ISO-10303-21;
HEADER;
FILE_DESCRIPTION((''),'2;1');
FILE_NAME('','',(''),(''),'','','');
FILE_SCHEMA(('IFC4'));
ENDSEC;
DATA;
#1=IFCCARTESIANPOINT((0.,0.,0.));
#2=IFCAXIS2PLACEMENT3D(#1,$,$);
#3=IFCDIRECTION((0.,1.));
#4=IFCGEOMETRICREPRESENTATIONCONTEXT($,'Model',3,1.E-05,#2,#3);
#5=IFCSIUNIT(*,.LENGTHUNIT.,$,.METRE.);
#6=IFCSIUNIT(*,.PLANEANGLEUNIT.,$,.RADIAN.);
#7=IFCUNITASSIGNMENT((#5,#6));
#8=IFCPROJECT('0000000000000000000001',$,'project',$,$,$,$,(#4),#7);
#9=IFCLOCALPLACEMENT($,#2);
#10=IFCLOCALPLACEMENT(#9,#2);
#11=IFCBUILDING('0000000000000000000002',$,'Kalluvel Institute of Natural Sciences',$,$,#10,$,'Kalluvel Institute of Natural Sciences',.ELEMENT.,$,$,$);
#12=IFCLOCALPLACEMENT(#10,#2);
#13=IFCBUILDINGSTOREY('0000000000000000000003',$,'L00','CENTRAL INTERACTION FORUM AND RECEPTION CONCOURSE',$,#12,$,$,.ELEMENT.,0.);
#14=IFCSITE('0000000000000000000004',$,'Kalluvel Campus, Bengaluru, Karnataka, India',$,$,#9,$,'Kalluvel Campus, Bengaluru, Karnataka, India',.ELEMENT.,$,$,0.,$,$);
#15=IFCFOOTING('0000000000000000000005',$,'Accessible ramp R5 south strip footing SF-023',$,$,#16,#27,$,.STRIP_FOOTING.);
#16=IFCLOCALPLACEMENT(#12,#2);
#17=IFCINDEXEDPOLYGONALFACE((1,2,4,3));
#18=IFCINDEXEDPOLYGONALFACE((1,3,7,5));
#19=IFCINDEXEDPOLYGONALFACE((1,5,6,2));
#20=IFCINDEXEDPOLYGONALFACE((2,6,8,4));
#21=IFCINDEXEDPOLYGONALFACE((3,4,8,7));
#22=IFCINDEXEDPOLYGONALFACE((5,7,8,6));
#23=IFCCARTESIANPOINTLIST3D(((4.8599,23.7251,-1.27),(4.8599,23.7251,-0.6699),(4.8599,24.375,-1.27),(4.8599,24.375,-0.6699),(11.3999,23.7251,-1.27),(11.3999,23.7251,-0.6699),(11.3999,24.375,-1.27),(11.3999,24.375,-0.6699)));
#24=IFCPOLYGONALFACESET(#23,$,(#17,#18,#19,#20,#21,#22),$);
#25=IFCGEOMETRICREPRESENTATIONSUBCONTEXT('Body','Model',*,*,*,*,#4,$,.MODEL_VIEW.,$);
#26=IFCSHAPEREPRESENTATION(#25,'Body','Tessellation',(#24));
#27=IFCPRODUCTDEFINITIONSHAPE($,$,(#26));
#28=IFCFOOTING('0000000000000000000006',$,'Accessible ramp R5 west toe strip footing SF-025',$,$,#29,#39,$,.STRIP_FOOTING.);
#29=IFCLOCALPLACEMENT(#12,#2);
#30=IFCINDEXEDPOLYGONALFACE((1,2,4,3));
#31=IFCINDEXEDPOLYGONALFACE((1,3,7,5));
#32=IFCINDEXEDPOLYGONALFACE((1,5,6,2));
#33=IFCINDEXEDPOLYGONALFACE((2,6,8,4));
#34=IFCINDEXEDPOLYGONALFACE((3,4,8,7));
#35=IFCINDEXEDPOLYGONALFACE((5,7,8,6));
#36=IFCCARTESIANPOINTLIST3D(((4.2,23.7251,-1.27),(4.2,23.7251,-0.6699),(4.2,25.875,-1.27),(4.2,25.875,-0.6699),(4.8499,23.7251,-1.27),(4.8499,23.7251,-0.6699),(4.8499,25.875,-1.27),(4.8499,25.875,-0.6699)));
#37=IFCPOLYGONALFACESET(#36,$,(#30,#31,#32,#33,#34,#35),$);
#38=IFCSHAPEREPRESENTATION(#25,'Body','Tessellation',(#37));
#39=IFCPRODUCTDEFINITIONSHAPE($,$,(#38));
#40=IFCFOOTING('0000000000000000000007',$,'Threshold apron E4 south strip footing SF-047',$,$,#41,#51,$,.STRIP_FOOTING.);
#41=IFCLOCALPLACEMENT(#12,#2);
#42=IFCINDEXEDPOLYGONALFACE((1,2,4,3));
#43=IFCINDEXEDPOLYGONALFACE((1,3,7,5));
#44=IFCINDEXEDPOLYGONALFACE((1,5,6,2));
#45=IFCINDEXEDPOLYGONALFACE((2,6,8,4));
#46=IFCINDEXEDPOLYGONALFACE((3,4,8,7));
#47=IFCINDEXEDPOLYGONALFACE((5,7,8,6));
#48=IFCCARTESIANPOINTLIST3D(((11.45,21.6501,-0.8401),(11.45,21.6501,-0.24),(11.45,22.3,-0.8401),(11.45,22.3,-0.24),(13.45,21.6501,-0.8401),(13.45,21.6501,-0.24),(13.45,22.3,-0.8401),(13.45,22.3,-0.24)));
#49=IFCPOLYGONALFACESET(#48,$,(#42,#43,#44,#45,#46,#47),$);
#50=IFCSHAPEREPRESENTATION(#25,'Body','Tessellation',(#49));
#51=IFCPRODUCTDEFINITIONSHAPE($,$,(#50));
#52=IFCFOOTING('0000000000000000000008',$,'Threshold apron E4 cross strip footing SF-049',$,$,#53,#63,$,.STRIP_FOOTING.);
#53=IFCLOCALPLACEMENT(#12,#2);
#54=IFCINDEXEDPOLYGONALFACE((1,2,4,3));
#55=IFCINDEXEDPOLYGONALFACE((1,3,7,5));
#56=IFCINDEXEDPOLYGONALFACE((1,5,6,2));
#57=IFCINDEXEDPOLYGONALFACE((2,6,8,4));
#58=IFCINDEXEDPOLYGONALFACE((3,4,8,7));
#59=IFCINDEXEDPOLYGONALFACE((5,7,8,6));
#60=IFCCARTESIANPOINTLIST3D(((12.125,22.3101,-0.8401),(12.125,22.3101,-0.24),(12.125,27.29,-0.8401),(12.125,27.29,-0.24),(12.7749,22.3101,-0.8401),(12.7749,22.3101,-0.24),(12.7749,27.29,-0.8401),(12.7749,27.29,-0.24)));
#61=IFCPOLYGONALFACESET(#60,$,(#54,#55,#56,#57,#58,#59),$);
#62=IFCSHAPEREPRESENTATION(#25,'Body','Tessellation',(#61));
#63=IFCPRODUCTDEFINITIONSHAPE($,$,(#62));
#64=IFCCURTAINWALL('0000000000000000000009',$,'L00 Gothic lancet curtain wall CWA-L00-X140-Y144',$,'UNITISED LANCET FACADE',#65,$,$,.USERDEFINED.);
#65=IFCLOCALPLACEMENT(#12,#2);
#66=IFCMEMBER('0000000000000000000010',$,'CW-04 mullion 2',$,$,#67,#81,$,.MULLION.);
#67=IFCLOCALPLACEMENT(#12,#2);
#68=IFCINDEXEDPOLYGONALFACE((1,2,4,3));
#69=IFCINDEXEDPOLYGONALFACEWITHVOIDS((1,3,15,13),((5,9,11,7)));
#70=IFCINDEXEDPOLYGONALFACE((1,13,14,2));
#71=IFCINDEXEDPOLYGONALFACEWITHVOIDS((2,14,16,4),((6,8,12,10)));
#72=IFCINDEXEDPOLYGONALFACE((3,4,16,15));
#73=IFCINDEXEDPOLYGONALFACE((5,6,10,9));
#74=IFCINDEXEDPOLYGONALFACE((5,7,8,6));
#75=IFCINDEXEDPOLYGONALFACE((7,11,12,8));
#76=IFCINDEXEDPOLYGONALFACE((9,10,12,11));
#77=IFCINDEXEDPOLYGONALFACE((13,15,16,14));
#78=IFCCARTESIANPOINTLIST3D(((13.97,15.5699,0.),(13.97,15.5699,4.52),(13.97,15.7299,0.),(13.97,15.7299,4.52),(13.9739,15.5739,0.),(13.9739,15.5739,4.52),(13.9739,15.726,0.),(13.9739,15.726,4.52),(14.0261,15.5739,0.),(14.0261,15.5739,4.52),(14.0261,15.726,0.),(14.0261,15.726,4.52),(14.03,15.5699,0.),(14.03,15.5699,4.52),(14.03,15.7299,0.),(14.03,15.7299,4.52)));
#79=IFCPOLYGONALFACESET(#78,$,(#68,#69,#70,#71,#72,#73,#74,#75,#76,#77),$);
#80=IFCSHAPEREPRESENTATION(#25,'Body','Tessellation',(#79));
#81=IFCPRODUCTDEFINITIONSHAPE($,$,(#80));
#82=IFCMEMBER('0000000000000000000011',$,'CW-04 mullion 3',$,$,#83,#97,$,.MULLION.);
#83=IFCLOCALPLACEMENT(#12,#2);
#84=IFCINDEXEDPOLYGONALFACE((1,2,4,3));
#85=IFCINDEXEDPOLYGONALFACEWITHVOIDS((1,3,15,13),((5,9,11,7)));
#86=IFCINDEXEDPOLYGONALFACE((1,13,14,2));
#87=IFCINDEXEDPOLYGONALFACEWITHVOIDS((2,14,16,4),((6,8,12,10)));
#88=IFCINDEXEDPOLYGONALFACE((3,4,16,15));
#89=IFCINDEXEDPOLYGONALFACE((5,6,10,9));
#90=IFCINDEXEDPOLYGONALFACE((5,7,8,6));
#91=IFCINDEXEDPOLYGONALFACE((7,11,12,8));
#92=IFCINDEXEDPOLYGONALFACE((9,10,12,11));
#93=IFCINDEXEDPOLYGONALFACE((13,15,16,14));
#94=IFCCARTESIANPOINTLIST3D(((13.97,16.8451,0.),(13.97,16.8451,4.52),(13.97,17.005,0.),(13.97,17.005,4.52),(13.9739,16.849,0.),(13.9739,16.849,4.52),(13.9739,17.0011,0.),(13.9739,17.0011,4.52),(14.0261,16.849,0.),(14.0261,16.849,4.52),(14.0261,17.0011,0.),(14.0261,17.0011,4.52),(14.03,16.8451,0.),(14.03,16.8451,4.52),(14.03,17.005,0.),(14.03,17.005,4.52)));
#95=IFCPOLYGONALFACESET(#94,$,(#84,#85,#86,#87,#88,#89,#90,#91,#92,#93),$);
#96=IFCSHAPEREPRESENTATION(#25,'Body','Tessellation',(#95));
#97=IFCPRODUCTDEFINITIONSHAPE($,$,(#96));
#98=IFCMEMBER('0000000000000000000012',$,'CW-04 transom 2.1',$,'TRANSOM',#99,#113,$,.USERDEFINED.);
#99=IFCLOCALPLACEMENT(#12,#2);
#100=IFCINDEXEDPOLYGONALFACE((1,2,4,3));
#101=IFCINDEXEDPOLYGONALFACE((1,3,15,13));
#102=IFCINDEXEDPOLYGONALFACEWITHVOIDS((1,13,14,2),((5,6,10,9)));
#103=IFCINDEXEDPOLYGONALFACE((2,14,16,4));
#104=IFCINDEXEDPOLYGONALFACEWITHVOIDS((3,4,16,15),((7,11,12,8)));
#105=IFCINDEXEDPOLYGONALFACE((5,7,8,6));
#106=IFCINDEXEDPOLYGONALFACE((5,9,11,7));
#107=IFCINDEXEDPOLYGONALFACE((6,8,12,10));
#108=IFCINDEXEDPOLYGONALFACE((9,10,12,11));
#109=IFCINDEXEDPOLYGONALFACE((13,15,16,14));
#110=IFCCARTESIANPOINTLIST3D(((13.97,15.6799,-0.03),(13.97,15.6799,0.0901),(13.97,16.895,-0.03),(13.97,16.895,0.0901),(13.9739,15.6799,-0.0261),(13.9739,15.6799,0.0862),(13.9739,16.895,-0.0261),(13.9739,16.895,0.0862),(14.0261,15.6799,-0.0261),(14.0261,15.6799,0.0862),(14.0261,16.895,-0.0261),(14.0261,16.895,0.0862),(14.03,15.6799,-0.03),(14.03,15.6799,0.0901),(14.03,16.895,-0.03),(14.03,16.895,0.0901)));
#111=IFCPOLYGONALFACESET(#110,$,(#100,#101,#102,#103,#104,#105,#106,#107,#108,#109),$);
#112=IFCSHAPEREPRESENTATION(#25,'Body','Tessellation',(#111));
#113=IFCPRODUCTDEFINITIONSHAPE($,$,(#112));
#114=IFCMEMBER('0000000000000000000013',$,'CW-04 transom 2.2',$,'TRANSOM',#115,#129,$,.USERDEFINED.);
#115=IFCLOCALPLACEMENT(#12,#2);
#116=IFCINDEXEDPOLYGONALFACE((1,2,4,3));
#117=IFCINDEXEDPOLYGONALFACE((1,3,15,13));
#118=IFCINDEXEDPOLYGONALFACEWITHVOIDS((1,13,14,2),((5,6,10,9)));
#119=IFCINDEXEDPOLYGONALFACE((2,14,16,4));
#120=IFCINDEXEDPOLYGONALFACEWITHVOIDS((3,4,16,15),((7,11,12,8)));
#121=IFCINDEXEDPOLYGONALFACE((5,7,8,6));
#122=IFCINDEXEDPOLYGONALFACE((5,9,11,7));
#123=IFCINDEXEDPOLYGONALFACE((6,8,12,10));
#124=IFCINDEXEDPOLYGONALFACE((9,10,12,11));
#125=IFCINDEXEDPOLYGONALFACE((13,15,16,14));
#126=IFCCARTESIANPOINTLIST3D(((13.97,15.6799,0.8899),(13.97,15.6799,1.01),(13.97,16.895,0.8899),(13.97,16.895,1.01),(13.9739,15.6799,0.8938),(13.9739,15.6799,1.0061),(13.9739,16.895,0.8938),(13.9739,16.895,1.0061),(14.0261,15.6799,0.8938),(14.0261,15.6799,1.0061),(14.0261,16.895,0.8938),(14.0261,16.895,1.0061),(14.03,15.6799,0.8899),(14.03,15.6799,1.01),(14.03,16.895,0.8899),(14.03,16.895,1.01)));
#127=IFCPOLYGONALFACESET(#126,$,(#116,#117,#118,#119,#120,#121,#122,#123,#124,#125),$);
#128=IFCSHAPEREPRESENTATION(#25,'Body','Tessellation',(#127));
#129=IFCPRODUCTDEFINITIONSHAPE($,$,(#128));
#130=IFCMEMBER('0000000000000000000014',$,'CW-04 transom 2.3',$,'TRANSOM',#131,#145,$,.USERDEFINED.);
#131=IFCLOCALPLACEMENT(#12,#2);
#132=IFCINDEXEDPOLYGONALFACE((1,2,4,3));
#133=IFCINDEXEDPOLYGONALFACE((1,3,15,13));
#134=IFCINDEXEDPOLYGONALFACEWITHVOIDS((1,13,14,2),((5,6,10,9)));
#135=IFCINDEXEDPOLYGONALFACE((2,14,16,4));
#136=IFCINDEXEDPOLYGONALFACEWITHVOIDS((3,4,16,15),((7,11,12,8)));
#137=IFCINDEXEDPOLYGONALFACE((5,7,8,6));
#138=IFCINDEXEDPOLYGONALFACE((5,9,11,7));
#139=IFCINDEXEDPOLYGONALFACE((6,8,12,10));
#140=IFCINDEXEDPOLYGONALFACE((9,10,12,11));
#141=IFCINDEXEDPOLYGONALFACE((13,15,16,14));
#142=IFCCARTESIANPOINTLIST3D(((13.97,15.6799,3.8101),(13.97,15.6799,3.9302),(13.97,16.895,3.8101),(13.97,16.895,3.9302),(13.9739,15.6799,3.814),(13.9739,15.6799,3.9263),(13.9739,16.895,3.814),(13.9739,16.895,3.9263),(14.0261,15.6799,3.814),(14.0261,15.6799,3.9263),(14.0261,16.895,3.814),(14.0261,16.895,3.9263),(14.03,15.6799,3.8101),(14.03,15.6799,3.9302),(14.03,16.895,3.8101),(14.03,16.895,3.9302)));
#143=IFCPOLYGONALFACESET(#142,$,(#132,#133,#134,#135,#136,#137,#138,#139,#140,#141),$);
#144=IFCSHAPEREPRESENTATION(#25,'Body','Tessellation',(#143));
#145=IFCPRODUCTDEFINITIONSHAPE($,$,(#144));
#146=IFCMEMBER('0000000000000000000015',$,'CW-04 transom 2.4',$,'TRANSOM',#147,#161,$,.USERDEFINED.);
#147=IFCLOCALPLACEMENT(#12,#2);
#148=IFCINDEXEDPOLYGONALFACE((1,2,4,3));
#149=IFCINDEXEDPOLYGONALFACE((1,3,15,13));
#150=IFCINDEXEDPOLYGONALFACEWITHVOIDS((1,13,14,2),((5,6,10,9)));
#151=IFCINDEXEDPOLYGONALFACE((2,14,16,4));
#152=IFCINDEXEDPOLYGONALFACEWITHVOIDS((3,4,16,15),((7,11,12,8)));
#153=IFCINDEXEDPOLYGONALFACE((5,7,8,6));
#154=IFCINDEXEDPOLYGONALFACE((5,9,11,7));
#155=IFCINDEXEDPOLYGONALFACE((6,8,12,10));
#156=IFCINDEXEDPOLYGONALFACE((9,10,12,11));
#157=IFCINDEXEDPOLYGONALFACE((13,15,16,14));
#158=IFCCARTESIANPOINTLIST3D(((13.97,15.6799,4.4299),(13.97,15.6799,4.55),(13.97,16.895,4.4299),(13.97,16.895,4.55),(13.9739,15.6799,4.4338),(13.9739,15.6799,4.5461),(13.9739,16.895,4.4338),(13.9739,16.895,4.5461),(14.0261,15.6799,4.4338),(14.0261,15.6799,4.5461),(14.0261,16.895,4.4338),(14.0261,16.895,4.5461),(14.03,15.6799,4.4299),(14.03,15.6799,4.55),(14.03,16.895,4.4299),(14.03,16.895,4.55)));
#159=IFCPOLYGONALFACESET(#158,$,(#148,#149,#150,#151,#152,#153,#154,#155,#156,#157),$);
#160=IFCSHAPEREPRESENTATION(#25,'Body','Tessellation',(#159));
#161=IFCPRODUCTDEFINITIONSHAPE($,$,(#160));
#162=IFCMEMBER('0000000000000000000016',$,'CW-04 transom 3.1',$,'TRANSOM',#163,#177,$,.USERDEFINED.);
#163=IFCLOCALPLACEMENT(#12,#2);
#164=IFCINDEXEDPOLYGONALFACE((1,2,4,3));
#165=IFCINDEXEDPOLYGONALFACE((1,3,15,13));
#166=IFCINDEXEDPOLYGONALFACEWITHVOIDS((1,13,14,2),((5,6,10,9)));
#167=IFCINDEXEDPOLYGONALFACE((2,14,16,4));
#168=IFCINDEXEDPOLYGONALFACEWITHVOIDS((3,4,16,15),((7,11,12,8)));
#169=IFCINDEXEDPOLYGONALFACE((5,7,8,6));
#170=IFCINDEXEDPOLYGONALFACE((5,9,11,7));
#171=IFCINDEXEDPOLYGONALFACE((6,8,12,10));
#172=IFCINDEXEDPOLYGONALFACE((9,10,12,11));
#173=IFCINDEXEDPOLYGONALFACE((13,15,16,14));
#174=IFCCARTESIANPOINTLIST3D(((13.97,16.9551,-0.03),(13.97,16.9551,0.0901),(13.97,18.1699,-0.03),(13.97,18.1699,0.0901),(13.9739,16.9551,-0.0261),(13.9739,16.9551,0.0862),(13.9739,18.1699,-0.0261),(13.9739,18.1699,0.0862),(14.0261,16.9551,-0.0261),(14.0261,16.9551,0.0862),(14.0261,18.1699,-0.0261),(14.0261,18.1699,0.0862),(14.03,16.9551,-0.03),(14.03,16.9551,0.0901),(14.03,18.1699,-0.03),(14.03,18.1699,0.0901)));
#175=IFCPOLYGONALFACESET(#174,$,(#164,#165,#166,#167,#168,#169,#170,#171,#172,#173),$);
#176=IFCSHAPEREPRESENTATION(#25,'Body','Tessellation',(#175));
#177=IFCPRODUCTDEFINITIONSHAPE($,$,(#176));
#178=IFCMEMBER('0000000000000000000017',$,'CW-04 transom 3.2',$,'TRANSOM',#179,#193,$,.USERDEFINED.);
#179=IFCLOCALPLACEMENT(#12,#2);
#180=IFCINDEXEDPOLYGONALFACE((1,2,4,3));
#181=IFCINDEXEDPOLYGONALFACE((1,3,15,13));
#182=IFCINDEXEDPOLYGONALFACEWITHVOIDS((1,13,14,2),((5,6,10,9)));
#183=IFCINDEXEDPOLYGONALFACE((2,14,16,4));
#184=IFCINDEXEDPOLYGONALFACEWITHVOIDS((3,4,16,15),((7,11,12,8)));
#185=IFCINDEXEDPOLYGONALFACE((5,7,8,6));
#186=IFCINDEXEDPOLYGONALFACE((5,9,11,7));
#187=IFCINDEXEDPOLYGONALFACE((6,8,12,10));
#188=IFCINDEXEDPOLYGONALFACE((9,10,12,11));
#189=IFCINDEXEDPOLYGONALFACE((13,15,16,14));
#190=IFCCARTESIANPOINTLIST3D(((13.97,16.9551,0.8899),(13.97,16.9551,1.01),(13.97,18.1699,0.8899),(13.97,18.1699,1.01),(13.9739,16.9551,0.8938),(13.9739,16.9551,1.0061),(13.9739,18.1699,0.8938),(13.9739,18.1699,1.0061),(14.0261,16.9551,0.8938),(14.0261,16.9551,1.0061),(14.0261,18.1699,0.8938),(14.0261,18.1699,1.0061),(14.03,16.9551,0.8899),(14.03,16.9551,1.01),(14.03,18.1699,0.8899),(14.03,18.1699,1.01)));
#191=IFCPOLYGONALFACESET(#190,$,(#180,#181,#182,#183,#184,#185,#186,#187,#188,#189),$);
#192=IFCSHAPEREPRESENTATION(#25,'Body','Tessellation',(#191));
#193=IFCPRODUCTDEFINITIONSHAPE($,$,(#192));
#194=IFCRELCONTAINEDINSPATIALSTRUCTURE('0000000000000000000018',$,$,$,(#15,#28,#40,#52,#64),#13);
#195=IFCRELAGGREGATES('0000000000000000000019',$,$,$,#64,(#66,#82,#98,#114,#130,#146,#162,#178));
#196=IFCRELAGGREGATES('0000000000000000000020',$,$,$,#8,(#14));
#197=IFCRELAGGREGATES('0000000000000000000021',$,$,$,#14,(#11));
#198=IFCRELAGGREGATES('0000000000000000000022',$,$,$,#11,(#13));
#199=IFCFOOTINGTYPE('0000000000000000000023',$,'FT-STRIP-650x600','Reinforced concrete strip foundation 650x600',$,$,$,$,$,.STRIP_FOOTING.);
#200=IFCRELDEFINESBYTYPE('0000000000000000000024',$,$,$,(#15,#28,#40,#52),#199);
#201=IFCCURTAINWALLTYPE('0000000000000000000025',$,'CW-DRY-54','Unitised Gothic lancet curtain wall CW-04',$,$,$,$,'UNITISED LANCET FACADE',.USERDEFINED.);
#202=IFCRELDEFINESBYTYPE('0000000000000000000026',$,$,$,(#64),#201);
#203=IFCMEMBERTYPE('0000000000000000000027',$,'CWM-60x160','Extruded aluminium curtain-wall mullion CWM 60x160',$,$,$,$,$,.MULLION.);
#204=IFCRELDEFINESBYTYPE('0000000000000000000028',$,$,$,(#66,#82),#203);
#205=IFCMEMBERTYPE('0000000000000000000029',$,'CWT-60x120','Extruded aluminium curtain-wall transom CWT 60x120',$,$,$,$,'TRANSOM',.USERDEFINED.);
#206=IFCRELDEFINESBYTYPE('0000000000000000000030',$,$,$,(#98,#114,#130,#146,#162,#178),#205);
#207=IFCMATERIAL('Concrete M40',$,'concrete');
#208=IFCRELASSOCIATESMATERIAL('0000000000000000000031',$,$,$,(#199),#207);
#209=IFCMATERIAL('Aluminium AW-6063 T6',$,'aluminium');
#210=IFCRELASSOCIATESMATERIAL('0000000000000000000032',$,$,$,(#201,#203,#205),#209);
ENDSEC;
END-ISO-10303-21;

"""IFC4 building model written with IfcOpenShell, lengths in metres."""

from ifc_helpers import new_model, si_unit, direction, frame, origin, origin_2d, place, context, subcontext, project, spatial, rectangle, hollow_rectangle, extrude, material, material_profile, profile_set, type_object, element, aggregate, save


model = new_model("IFC4")

# Units and contexts
model_context = context("Model", 3, precision=1e-05, world=origin(), true_north=direction((0.0, 1.0)))
body_context = subcontext(model_context, "Body", "Model", "MODEL_VIEW")
ifc_project = project(units=[si_unit("LENGTHUNIT", "METRE"), si_unit("PLANEANGLEUNIT", "RADIAN")], contexts=[model_context])

# Site, building, storey
site_placement = place(None, origin())
site = spatial("IfcSite", under=ifc_project, at=site_placement, Name="Kalluvel Campus, Bengaluru, Karnataka, India", LongName="Kalluvel Campus, Bengaluru, Karnataka, India", CompositionType="ELEMENT", RefElevation=0.0)
building_placement = place(site_placement, origin())
building = spatial("IfcBuilding", under=site, at=building_placement, Name="Kalluvel Institute of Natural Sciences", LongName="Kalluvel Institute of Natural Sciences", CompositionType="ELEMENT")
storey_placement = place(building_placement, origin())
storey = spatial("IfcBuildingStorey", under=building, at=storey_placement, Name="L00", Description="CENTRAL INTERACTION FORUM AND RECEPTION CONCOURSE", CompositionType="ELEMENT", Elevation=0.0)

# Footings
ifc_material_1 = material(Name="Concrete M40", Category="concrete")
footing_type = type_object("IfcFootingType", Name="FT-STRIP-650x600", Description="Reinforced concrete strip foundation 650x600", PredefinedType="STRIP_FOOTING", material=ifc_material_1)
footing_1_placement = place(storey_placement, frame((8.1299, 24.05, -1.27), z_axis=(0.0, 0.0, 1.0), x_axis=(1.0, 0.0, 0.0)))
element("IfcFooting", 1, at=footing_1_placement, inside=storey, type_object=footing_type, Name="Accessible ramp R5 south strip footing SF-023", PredefinedType="STRIP_FOOTING", context=body_context, shape_type="SweptSolid", body=[
    extrude(rectangle(XDim=6.54, YDim=0.6499, at=origin_2d()), origin(), (0.0, 0.0, 1.0), 0.6001),
])
footing_2_placement = place(storey_placement, frame((4.5249, 24.8, -1.27), z_axis=(0.0, 0.0, 1.0), x_axis=(1.0, 0.0, 0.0)))
element("IfcFooting", 2, at=footing_2_placement, inside=storey, type_object=footing_type, Name="Accessible ramp R5 west toe strip footing SF-025", PredefinedType="STRIP_FOOTING", context=body_context, shape_type="SweptSolid", body=[
    extrude(rectangle(XDim=0.6499, YDim=2.1499, at=origin_2d()), origin(), (0.0, 0.0, 1.0), 0.6001),
])
footing_3_placement = place(storey_placement, frame((12.45, 21.9751, -0.8401), z_axis=(0.0, 0.0, 1.0), x_axis=(1.0, 0.0, 0.0)))
element("IfcFooting", 3, at=footing_3_placement, inside=storey, type_object=footing_type, Name="Threshold apron E4 south strip footing SF-047", PredefinedType="STRIP_FOOTING", context=body_context, shape_type="SweptSolid", body=[
    extrude(rectangle(XDim=2.0, YDim=0.6499, at=origin_2d()), origin(), (0.0, 0.0, 1.0), 0.6001),
])
footing_4_placement = place(storey_placement, frame((12.45, 24.8, -0.8401), z_axis=(0.0, 0.0, 1.0), x_axis=(1.0, 0.0, 0.0)))
element("IfcFooting", 4, at=footing_4_placement, inside=storey, type_object=footing_type, Name="Threshold apron E4 cross strip footing SF-049", PredefinedType="STRIP_FOOTING", context=body_context, shape_type="SweptSolid", body=[
    extrude(rectangle(XDim=0.6499, YDim=4.98, at=origin_2d()), origin(), (0.0, 0.0, 1.0), 0.6001),
])

# Curtain wall, members
ifc_material_2 = material(Name="Aluminium AW-6063 T6", Category="aluminium")
curtain_wall_type = type_object("IfcCurtainWallType", Name="CW-DRY-54", Description="Unitised Gothic lancet curtain wall CW-04", ElementType="UNITISED LANCET FACADE", PredefinedType="USERDEFINED", material=ifc_material_2)
curtain_wall_placement = place(storey_placement, origin())
curtain_wall = element("IfcCurtainWall", 5, at=curtain_wall_placement, inside=storey, type_object=curtain_wall_type, Name="L00 Gothic lancet curtain wall CWA-L00-X140-Y144", ObjectType="UNITISED LANCET FACADE", PredefinedType="USERDEFINED")
ifc_material_profile_1 = material_profile(ifc_material_2, hollow_rectangle(XDim=0.0601, YDim=0.1599, WallThickness=0.0039, at=origin_2d()), Name="CWM 60x160")
ifc_profile_set_1 = profile_set([ifc_material_profile_1], Name="Aluminium AW-6063 T6")
member_type_1 = type_object("IfcMemberType", Name="CWM-60x160", Description="Extruded aluminium curtain-wall mullion CWM 60x160", PredefinedType="MULLION", material=ifc_profile_set_1)
member_1_placement = place(storey_placement, frame((14.0, 15.6499, 0.0), z_axis=(0.0, 0.0, 1.0), x_axis=(-1.0, 0.0, 0.0)))
member_1 = element("IfcMember", 6, at=member_1_placement, type_object=member_type_1, Name="CW-04 mullion 2", PredefinedType="MULLION", context=body_context, shape_type="SweptSolid", body=[
    extrude(hollow_rectangle(XDim=0.0601, YDim=0.1599, WallThickness=0.0039, at=origin_2d()), origin(), (0.0, 0.0, 1.0), 4.52),
])
member_2_placement = place(storey_placement, frame((14.0, 16.925, 0.0), z_axis=(0.0, 0.0, 1.0), x_axis=(-1.0, 0.0, 0.0)))
member_2 = element("IfcMember", 7, at=member_2_placement, type_object=member_type_1, Name="CW-04 mullion 3", PredefinedType="MULLION", context=body_context, shape_type="SweptSolid", body=[
    extrude(hollow_rectangle(XDim=0.0601, YDim=0.1599, WallThickness=0.0039, at=origin_2d()), origin(), (0.0, 0.0, 1.0), 4.52),
])
ifc_material_profile_2 = material_profile(ifc_material_2, hollow_rectangle(XDim=0.0601, YDim=0.1201, WallThickness=0.0039, at=origin_2d()), Name="CWT 60x120")
ifc_profile_set_2 = profile_set([ifc_material_profile_2], Name="Aluminium AW-6063 T6")
member_type_2 = type_object("IfcMemberType", Name="CWT-60x120", Description="Extruded aluminium curtain-wall transom CWT 60x120", ElementType="TRANSOM", PredefinedType="USERDEFINED", material=ifc_profile_set_2)
member_3_placement = place(storey_placement, frame((14.0, 15.6799, 0.03), z_axis=(0.0, 1.0, 0.0), x_axis=(-1.0, 0.0, 0.0)))
member_3 = element("IfcMember", 8, at=member_3_placement, type_object=member_type_2, Name="CW-04 transom 2.1", ObjectType="TRANSOM", PredefinedType="USERDEFINED", context=body_context, shape_type="SweptSolid", body=[
    extrude(hollow_rectangle(XDim=0.0601, YDim=0.1201, WallThickness=0.0039, at=origin_2d()), origin(), (0.0, 0.0, 1.0), 1.2151),
])
member_4_placement = place(storey_placement, frame((14.0, 15.6799, 0.95), z_axis=(0.0, 1.0, 0.0), x_axis=(-1.0, 0.0, 0.0)))
member_4 = element("IfcMember", 9, at=member_4_placement, type_object=member_type_2, Name="CW-04 transom 2.2", ObjectType="TRANSOM", PredefinedType="USERDEFINED", context=body_context, shape_type="SweptSolid", body=[
    extrude(hollow_rectangle(XDim=0.0601, YDim=0.1201, WallThickness=0.0039, at=origin_2d()), origin(), (0.0, 0.0, 1.0), 1.2151),
])
member_5_placement = place(storey_placement, frame((14.0, 15.6799, 3.8701), z_axis=(0.0, 1.0, 0.0), x_axis=(-1.0, 0.0, 0.0)))
member_5 = element("IfcMember", 10, at=member_5_placement, type_object=member_type_2, Name="CW-04 transom 2.3", ObjectType="TRANSOM", PredefinedType="USERDEFINED", context=body_context, shape_type="SweptSolid", body=[
    extrude(hollow_rectangle(XDim=0.0601, YDim=0.1201, WallThickness=0.0039, at=origin_2d()), origin(), (0.0, 0.0, 1.0), 1.2151),
])
member_6_placement = place(storey_placement, frame((14.0, 15.6799, 4.49), z_axis=(0.0, 1.0, 0.0), x_axis=(-1.0, 0.0, 0.0)))
member_6 = element("IfcMember", 11, at=member_6_placement, type_object=member_type_2, Name="CW-04 transom 2.4", ObjectType="TRANSOM", PredefinedType="USERDEFINED", context=body_context, shape_type="SweptSolid", body=[
    extrude(hollow_rectangle(XDim=0.0601, YDim=0.1201, WallThickness=0.0039, at=origin_2d()), origin(), (0.0, 0.0, 1.0), 1.2151),
])
member_7_placement = place(storey_placement, frame((14.0, 16.9551, 0.03), z_axis=(0.0, 1.0, 0.0), x_axis=(-1.0, 0.0, 0.0)))
member_7 = element("IfcMember", 12, at=member_7_placement, type_object=member_type_2, Name="CW-04 transom 3.1", ObjectType="TRANSOM", PredefinedType="USERDEFINED", context=body_context, shape_type="SweptSolid", body=[
    extrude(hollow_rectangle(XDim=0.0601, YDim=0.1201, WallThickness=0.0039, at=origin_2d()), origin(), (0.0, 0.0, 1.0), 1.2148),
])
member_8_placement = place(storey_placement, frame((14.0, 16.9551, 0.95), z_axis=(0.0, 1.0, 0.0), x_axis=(-1.0, 0.0, 0.0)))
member_8 = element("IfcMember", 13, at=member_8_placement, type_object=member_type_2, Name="CW-04 transom 3.2", ObjectType="TRANSOM", PredefinedType="USERDEFINED", context=body_context, shape_type="SweptSolid", body=[
    extrude(hollow_rectangle(XDim=0.0601, YDim=0.1201, WallThickness=0.0039, at=origin_2d()), origin(), (0.0, 0.0, 1.0), 1.2148),
])
aggregate(curtain_wall, [member_1, member_2, member_3, member_4, member_5, member_6, member_7, member_8])

save(model, "model.ifc")
